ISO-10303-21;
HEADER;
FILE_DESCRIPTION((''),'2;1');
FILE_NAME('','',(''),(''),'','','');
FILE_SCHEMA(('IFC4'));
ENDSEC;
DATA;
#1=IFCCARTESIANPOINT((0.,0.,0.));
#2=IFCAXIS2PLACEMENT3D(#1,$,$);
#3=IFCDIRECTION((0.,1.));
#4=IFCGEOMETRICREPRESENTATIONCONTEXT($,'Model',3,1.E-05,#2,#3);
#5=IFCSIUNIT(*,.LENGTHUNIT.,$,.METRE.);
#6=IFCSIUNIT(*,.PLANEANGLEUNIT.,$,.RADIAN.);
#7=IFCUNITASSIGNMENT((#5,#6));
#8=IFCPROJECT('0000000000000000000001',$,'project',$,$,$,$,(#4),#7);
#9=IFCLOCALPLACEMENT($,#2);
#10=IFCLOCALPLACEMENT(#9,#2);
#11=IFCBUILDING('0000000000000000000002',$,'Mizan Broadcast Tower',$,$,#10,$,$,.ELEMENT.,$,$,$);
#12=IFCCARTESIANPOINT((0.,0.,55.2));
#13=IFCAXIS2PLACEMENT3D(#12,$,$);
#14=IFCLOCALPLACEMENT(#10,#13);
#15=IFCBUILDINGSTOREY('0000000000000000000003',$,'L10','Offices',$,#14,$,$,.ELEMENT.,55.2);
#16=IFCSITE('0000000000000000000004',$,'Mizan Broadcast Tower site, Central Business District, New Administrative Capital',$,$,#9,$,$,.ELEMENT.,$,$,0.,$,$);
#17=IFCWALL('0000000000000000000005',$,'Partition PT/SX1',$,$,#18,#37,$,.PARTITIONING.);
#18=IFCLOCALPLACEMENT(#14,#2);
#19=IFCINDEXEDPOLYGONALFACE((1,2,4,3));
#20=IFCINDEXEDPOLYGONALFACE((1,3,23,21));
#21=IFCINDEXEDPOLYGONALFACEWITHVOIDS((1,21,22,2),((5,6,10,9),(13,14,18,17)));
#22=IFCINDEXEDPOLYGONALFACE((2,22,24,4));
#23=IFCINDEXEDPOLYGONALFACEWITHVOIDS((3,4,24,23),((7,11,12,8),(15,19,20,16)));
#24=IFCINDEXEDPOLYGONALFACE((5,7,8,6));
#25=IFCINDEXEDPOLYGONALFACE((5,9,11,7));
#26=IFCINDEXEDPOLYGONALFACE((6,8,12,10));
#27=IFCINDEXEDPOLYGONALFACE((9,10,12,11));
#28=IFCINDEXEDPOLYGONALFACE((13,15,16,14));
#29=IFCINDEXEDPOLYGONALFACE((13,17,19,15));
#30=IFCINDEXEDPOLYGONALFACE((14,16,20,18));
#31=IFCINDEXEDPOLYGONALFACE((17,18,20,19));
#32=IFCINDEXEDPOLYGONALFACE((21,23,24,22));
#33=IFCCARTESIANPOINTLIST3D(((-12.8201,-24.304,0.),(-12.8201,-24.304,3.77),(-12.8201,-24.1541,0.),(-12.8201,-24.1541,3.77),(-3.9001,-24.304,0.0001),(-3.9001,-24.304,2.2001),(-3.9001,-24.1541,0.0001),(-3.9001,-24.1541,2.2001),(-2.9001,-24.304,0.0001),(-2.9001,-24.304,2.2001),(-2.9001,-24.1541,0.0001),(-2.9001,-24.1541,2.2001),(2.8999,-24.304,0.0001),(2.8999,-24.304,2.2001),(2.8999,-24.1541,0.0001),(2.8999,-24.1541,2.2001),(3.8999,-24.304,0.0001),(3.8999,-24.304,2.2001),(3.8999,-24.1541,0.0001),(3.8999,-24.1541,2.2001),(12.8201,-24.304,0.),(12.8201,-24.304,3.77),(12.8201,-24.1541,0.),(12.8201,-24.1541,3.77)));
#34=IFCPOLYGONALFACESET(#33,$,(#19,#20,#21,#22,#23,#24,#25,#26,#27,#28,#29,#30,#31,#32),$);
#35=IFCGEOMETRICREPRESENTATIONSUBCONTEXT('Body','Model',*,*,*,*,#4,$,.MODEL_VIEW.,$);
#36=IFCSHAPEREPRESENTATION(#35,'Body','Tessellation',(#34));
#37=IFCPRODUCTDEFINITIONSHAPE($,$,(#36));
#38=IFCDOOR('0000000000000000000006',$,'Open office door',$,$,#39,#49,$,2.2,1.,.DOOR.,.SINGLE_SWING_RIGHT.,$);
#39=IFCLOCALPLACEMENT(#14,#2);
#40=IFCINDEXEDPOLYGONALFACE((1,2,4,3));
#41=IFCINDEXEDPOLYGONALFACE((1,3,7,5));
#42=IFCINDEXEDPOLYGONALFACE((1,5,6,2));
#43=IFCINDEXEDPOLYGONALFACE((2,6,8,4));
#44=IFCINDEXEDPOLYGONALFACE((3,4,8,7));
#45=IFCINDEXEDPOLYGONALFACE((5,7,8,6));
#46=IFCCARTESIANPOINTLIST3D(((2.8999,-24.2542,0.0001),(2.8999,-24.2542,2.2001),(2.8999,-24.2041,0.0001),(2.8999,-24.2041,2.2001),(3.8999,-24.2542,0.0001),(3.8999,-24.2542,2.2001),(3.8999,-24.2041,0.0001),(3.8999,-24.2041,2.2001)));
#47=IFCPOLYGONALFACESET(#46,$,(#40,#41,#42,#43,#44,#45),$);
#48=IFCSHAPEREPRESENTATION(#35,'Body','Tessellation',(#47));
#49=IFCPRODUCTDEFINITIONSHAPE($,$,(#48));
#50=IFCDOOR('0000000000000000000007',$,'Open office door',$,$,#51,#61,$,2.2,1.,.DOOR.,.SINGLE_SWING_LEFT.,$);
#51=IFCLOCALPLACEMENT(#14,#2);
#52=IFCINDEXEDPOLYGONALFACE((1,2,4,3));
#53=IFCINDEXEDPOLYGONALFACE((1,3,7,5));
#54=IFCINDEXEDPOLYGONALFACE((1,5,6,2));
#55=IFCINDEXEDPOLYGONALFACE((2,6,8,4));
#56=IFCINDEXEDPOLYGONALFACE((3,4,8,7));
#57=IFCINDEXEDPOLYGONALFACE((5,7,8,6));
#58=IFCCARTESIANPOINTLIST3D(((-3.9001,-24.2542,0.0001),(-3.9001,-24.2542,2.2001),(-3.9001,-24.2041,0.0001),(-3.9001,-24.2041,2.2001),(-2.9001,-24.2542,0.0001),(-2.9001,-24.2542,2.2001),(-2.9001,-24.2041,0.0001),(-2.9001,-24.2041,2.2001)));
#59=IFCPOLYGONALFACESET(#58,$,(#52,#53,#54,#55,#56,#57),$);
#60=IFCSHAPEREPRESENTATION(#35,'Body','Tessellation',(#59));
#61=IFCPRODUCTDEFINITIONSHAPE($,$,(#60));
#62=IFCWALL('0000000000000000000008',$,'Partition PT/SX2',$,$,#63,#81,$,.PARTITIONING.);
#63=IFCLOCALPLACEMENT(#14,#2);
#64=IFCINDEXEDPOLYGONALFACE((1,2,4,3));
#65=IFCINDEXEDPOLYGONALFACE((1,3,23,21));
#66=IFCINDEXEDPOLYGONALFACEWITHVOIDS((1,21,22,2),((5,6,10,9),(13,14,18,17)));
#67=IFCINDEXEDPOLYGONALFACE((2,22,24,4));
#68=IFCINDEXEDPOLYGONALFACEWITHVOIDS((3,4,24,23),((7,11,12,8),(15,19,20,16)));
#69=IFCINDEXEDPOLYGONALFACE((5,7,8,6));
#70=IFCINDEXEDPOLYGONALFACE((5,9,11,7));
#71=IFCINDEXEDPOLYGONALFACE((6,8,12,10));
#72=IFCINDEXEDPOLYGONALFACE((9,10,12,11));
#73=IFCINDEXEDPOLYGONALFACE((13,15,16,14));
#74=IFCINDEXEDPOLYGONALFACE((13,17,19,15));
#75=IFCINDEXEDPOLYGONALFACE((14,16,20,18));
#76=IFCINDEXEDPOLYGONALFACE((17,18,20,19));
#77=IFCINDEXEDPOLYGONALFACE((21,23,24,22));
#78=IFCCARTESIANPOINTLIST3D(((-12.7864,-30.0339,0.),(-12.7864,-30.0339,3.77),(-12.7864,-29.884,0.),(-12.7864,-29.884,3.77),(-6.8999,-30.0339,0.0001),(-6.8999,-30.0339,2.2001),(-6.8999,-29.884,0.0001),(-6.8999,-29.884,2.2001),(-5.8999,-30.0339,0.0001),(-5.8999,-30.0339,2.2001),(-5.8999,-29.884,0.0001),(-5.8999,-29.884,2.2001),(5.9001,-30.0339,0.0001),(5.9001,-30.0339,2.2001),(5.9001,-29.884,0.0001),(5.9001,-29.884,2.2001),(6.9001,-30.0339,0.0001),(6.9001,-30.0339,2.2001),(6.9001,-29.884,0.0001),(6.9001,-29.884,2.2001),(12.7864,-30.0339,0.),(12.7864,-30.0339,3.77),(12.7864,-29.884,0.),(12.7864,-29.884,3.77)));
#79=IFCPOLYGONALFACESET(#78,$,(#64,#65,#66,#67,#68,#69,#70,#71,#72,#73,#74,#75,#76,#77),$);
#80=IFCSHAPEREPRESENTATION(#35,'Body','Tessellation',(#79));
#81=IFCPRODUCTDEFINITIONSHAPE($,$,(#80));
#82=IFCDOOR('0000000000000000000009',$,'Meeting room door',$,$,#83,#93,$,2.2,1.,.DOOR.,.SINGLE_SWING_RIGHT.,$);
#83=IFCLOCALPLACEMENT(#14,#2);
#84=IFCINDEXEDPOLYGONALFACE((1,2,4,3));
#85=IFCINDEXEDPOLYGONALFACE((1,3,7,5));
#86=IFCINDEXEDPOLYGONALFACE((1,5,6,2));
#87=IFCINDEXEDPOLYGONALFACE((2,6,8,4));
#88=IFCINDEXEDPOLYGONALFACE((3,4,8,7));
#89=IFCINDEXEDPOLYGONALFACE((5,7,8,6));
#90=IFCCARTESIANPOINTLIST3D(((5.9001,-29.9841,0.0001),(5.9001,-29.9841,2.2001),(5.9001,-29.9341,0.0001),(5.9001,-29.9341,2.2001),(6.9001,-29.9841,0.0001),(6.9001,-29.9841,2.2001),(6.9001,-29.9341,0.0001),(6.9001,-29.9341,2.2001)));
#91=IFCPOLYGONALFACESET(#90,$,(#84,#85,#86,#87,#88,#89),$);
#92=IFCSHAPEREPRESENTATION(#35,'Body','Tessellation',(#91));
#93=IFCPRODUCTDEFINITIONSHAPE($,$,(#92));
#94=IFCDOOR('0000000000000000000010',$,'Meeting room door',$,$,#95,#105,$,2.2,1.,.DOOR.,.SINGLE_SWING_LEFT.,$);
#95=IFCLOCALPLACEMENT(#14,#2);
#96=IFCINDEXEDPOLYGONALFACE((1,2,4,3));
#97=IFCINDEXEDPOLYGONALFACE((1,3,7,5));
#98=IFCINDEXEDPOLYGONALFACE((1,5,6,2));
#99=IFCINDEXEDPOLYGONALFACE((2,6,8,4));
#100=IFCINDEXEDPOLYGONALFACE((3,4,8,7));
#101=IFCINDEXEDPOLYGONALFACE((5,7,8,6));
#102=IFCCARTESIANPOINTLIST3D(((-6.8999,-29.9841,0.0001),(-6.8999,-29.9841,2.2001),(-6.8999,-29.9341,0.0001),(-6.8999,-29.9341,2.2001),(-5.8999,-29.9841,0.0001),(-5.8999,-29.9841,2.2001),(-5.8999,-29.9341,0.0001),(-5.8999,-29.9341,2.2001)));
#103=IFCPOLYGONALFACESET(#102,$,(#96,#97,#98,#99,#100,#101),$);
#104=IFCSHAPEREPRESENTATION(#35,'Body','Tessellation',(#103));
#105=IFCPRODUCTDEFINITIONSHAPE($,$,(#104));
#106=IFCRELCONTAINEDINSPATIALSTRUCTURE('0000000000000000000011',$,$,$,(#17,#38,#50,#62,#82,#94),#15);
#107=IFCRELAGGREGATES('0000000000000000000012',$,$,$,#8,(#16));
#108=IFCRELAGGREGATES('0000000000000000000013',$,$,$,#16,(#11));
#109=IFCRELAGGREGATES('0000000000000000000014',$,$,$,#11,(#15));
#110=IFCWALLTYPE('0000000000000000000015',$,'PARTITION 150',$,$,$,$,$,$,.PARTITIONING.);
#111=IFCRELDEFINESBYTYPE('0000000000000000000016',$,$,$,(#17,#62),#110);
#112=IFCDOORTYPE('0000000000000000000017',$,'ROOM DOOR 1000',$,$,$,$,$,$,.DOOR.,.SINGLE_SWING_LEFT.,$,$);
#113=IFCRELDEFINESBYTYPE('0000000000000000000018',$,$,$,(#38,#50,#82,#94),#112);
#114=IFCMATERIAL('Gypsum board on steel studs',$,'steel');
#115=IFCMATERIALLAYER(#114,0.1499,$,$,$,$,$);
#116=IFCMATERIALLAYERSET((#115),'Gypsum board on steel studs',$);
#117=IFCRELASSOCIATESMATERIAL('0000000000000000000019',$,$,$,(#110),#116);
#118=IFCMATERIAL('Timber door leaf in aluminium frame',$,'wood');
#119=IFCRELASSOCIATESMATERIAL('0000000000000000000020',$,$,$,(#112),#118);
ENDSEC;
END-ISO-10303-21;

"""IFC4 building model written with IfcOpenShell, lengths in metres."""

from ifc_helpers import new_model, si_unit, direction, frame, frame_2d, origin, place, context, subcontext, project, spatial, rectangle, extrude, material, layer, layer_set, type_object, element, fill, save


model = new_model("IFC4")

# Units and contexts
model_context = context("Model", 3, precision=1e-05, world=origin(), true_north=direction((0.0, 1.0)))
body_context = subcontext(model_context, "Body", "Model", "MODEL_VIEW")
ifc_project = project(units=[si_unit("LENGTHUNIT", "METRE"), si_unit("PLANEANGLEUNIT", "RADIAN")], contexts=[model_context])

# Site, building, storey
site_placement = place(None, origin())
site = spatial("IfcSite", under=ifc_project, at=site_placement, Name="Mizan Broadcast Tower site, Central Business District, New Administrative Capital", CompositionType="ELEMENT", RefElevation=0.0)
building_placement = place(site_placement, origin())
building = spatial("IfcBuilding", under=site, at=building_placement, Name="Mizan Broadcast Tower", CompositionType="ELEMENT")
storey_placement = place(building_placement, frame((0.0, 0.0, 55.2)))
storey = spatial("IfcBuildingStorey", under=building, at=storey_placement, Name="L10", Description="Offices", CompositionType="ELEMENT", Elevation=55.2)

# Walls, openings, doors
ifc_material_1 = material(Name="Gypsum board on steel studs", Category="steel")
ifc_layer_1 = layer(ifc_material_1, 0.1499)
ifc_layer_set_1 = layer_set([ifc_layer_1], Name="Gypsum board on steel studs")
wall_type = type_object("IfcWallType", Name="PARTITION 150", PredefinedType="PARTITIONING", material=ifc_layer_set_1)
wall_1_placement = place(storey_placement, frame((-12.8201, -24.229, 0.0), z_axis=(0.0, 0.0, 1.0), x_axis=(1.0, 0.0, 0.0)))
wall_1 = element("IfcWall", 1, at=wall_1_placement, inside=storey, type_object=wall_type, Name="Partition PT/SX1", PredefinedType="PARTITIONING", context=body_context, shape_type="SweptSolid", body=[
    extrude(rectangle(XDim=25.6401, YDim=0.1499, at=frame_2d((12.8201, 0.0))), origin(), (0.0, 0.0, 1.0), 3.77),
])
opening_1_placement = place(wall_1_placement, frame((15.72, 0.0, 0.0)))
opening_1 = element("IfcOpeningElement", 2, at=opening_1_placement, cuts=wall_1, PredefinedType="OPENING", context=body_context, shape_type="SweptSolid", body=[
    extrude(rectangle(XDim=1.0, YDim=2.2, at=frame_2d((0.5, 1.1001))), frame((0.0, 0.085, 0.0), z_axis=(0.0, -1.0, 0.0), x_axis=(1.0, 0.0, 0.0)), (0.0, 0.0, 1.0), 0.1699),
])
opening_2_placement = place(wall_1_placement, frame((8.9199, 0.0, 0.0)))
opening_2 = element("IfcOpeningElement", 3, at=opening_2_placement, cuts=wall_1, PredefinedType="OPENING", context=body_context, shape_type="SweptSolid", body=[
    extrude(rectangle(XDim=1.0, YDim=2.2, at=frame_2d((0.5, 1.1001))), frame((0.0, 0.085, 0.0), z_axis=(0.0, -1.0, 0.0), x_axis=(1.0, 0.0, 0.0)), (0.0, 0.0, 1.0), 0.1699),
])
ifc_material_2 = material(Name="Timber door leaf in aluminium frame", Category="wood")
door_type = type_object("IfcDoorType", Name="ROOM DOOR 1000", OperationType="SINGLE_SWING_LEFT", PredefinedType="DOOR", material=ifc_material_2)
door_1_placement = place(opening_1_placement, origin())
door_1 = element("IfcDoor", 4, at=door_1_placement, inside=storey, type_object=door_type, Name="Open office door", OperationType="SINGLE_SWING_RIGHT", OverallHeight=2.2, OverallWidth=1.0, PredefinedType="DOOR", context=body_context, shape_type="SweptSolid", body=[
    extrude(rectangle(XDim=1.0, YDim=2.2, at=frame_2d((0.5, 1.1001))), frame((0.0, 0.0249, 0.0), z_axis=(0.0, -1.0, 0.0), x_axis=(1.0, 0.0, 0.0)), (0.0, 0.0, 1.0), 0.05),
])
fill(opening_1, door_1)
door_2_placement = place(opening_2_placement, origin())
door_2 = element("IfcDoor", 5, at=door_2_placement, inside=storey, type_object=door_type, Name="Open office door", OperationType="SINGLE_SWING_LEFT", OverallHeight=2.2, OverallWidth=1.0, PredefinedType="DOOR", context=body_context, shape_type="SweptSolid", body=[
    extrude(rectangle(XDim=1.0, YDim=2.2, at=frame_2d((0.5, 1.1001))), frame((0.0, 0.0249, 0.0), z_axis=(0.0, -1.0, 0.0), x_axis=(1.0, 0.0, 0.0)), (0.0, 0.0, 1.0), 0.05),
])
fill(opening_2, door_2)
wall_2_placement = place(storey_placement, frame((-12.7864, -29.959, 0.0), z_axis=(0.0, 0.0, 1.0), x_axis=(1.0, 0.0, 0.0)))
wall_2 = element("IfcWall", 6, at=wall_2_placement, inside=storey, type_object=wall_type, Name="Partition PT/SX2", PredefinedType="PARTITIONING", context=body_context, shape_type="SweptSolid", body=[
    extrude(rectangle(XDim=25.5728, YDim=0.1499, at=frame_2d((12.7864, 0.0))), origin(), (0.0, 0.0, 1.0), 3.77),
])
opening_3_placement = place(wall_2_placement, frame((18.6865, 0.0, 0.0)))
opening_3 = element("IfcOpeningElement", 7, at=opening_3_placement, cuts=wall_2, PredefinedType="OPENING", context=body_context, shape_type="SweptSolid", body=[
    extrude(rectangle(XDim=1.0, YDim=2.2, at=frame_2d((0.5, 1.1001))), frame((0.0, 0.085, 0.0), z_axis=(0.0, -1.0, 0.0), x_axis=(1.0, 0.0, 0.0)), (0.0, 0.0, 1.0), 0.1699),
])
opening_4_placement = place(wall_2_placement, frame((5.8865, 0.0, 0.0)))
opening_4 = element("IfcOpeningElement", 8, at=opening_4_placement, cuts=wall_2, PredefinedType="OPENING", context=body_context, shape_type="SweptSolid", body=[
    extrude(rectangle(XDim=1.0, YDim=2.2, at=frame_2d((0.5, 1.1001))), frame((0.0, 0.085, 0.0), z_axis=(0.0, -1.0, 0.0), x_axis=(1.0, 0.0, 0.0)), (0.0, 0.0, 1.0), 0.1699),
])
door_3_placement = place(opening_3_placement, origin())
door_3 = element("IfcDoor", 9, at=door_3_placement, inside=storey, type_object=door_type, Name="Meeting room door", OperationType="SINGLE_SWING_RIGHT", OverallHeight=2.2, OverallWidth=1.0, PredefinedType="DOOR", context=body_context, shape_type="SweptSolid", body=[
    extrude(rectangle(XDim=1.0, YDim=2.2, at=frame_2d((0.5, 1.1001))), frame((0.0, 0.0249, 0.0), z_axis=(0.0, -1.0, 0.0), x_axis=(1.0, 0.0, 0.0)), (0.0, 0.0, 1.0), 0.05),
])
fill(opening_3, door_3)
door_4_placement = place(opening_4_placement, origin())
door_4 = element("IfcDoor", 10, at=door_4_placement, inside=storey, type_object=door_type, Name="Meeting room door", OperationType="SINGLE_SWING_LEFT", OverallHeight=2.2, OverallWidth=1.0, PredefinedType="DOOR", context=body_context, shape_type="SweptSolid", body=[
    extrude(rectangle(XDim=1.0, YDim=2.2, at=frame_2d((0.5, 1.1001))), frame((0.0, 0.0249, 0.0), z_axis=(0.0, -1.0, 0.0), x_axis=(1.0, 0.0, 0.0)), (0.0, 0.0, 1.0), 0.05),
])
fill(opening_4, door_4)

save(model, "model.ifc")
